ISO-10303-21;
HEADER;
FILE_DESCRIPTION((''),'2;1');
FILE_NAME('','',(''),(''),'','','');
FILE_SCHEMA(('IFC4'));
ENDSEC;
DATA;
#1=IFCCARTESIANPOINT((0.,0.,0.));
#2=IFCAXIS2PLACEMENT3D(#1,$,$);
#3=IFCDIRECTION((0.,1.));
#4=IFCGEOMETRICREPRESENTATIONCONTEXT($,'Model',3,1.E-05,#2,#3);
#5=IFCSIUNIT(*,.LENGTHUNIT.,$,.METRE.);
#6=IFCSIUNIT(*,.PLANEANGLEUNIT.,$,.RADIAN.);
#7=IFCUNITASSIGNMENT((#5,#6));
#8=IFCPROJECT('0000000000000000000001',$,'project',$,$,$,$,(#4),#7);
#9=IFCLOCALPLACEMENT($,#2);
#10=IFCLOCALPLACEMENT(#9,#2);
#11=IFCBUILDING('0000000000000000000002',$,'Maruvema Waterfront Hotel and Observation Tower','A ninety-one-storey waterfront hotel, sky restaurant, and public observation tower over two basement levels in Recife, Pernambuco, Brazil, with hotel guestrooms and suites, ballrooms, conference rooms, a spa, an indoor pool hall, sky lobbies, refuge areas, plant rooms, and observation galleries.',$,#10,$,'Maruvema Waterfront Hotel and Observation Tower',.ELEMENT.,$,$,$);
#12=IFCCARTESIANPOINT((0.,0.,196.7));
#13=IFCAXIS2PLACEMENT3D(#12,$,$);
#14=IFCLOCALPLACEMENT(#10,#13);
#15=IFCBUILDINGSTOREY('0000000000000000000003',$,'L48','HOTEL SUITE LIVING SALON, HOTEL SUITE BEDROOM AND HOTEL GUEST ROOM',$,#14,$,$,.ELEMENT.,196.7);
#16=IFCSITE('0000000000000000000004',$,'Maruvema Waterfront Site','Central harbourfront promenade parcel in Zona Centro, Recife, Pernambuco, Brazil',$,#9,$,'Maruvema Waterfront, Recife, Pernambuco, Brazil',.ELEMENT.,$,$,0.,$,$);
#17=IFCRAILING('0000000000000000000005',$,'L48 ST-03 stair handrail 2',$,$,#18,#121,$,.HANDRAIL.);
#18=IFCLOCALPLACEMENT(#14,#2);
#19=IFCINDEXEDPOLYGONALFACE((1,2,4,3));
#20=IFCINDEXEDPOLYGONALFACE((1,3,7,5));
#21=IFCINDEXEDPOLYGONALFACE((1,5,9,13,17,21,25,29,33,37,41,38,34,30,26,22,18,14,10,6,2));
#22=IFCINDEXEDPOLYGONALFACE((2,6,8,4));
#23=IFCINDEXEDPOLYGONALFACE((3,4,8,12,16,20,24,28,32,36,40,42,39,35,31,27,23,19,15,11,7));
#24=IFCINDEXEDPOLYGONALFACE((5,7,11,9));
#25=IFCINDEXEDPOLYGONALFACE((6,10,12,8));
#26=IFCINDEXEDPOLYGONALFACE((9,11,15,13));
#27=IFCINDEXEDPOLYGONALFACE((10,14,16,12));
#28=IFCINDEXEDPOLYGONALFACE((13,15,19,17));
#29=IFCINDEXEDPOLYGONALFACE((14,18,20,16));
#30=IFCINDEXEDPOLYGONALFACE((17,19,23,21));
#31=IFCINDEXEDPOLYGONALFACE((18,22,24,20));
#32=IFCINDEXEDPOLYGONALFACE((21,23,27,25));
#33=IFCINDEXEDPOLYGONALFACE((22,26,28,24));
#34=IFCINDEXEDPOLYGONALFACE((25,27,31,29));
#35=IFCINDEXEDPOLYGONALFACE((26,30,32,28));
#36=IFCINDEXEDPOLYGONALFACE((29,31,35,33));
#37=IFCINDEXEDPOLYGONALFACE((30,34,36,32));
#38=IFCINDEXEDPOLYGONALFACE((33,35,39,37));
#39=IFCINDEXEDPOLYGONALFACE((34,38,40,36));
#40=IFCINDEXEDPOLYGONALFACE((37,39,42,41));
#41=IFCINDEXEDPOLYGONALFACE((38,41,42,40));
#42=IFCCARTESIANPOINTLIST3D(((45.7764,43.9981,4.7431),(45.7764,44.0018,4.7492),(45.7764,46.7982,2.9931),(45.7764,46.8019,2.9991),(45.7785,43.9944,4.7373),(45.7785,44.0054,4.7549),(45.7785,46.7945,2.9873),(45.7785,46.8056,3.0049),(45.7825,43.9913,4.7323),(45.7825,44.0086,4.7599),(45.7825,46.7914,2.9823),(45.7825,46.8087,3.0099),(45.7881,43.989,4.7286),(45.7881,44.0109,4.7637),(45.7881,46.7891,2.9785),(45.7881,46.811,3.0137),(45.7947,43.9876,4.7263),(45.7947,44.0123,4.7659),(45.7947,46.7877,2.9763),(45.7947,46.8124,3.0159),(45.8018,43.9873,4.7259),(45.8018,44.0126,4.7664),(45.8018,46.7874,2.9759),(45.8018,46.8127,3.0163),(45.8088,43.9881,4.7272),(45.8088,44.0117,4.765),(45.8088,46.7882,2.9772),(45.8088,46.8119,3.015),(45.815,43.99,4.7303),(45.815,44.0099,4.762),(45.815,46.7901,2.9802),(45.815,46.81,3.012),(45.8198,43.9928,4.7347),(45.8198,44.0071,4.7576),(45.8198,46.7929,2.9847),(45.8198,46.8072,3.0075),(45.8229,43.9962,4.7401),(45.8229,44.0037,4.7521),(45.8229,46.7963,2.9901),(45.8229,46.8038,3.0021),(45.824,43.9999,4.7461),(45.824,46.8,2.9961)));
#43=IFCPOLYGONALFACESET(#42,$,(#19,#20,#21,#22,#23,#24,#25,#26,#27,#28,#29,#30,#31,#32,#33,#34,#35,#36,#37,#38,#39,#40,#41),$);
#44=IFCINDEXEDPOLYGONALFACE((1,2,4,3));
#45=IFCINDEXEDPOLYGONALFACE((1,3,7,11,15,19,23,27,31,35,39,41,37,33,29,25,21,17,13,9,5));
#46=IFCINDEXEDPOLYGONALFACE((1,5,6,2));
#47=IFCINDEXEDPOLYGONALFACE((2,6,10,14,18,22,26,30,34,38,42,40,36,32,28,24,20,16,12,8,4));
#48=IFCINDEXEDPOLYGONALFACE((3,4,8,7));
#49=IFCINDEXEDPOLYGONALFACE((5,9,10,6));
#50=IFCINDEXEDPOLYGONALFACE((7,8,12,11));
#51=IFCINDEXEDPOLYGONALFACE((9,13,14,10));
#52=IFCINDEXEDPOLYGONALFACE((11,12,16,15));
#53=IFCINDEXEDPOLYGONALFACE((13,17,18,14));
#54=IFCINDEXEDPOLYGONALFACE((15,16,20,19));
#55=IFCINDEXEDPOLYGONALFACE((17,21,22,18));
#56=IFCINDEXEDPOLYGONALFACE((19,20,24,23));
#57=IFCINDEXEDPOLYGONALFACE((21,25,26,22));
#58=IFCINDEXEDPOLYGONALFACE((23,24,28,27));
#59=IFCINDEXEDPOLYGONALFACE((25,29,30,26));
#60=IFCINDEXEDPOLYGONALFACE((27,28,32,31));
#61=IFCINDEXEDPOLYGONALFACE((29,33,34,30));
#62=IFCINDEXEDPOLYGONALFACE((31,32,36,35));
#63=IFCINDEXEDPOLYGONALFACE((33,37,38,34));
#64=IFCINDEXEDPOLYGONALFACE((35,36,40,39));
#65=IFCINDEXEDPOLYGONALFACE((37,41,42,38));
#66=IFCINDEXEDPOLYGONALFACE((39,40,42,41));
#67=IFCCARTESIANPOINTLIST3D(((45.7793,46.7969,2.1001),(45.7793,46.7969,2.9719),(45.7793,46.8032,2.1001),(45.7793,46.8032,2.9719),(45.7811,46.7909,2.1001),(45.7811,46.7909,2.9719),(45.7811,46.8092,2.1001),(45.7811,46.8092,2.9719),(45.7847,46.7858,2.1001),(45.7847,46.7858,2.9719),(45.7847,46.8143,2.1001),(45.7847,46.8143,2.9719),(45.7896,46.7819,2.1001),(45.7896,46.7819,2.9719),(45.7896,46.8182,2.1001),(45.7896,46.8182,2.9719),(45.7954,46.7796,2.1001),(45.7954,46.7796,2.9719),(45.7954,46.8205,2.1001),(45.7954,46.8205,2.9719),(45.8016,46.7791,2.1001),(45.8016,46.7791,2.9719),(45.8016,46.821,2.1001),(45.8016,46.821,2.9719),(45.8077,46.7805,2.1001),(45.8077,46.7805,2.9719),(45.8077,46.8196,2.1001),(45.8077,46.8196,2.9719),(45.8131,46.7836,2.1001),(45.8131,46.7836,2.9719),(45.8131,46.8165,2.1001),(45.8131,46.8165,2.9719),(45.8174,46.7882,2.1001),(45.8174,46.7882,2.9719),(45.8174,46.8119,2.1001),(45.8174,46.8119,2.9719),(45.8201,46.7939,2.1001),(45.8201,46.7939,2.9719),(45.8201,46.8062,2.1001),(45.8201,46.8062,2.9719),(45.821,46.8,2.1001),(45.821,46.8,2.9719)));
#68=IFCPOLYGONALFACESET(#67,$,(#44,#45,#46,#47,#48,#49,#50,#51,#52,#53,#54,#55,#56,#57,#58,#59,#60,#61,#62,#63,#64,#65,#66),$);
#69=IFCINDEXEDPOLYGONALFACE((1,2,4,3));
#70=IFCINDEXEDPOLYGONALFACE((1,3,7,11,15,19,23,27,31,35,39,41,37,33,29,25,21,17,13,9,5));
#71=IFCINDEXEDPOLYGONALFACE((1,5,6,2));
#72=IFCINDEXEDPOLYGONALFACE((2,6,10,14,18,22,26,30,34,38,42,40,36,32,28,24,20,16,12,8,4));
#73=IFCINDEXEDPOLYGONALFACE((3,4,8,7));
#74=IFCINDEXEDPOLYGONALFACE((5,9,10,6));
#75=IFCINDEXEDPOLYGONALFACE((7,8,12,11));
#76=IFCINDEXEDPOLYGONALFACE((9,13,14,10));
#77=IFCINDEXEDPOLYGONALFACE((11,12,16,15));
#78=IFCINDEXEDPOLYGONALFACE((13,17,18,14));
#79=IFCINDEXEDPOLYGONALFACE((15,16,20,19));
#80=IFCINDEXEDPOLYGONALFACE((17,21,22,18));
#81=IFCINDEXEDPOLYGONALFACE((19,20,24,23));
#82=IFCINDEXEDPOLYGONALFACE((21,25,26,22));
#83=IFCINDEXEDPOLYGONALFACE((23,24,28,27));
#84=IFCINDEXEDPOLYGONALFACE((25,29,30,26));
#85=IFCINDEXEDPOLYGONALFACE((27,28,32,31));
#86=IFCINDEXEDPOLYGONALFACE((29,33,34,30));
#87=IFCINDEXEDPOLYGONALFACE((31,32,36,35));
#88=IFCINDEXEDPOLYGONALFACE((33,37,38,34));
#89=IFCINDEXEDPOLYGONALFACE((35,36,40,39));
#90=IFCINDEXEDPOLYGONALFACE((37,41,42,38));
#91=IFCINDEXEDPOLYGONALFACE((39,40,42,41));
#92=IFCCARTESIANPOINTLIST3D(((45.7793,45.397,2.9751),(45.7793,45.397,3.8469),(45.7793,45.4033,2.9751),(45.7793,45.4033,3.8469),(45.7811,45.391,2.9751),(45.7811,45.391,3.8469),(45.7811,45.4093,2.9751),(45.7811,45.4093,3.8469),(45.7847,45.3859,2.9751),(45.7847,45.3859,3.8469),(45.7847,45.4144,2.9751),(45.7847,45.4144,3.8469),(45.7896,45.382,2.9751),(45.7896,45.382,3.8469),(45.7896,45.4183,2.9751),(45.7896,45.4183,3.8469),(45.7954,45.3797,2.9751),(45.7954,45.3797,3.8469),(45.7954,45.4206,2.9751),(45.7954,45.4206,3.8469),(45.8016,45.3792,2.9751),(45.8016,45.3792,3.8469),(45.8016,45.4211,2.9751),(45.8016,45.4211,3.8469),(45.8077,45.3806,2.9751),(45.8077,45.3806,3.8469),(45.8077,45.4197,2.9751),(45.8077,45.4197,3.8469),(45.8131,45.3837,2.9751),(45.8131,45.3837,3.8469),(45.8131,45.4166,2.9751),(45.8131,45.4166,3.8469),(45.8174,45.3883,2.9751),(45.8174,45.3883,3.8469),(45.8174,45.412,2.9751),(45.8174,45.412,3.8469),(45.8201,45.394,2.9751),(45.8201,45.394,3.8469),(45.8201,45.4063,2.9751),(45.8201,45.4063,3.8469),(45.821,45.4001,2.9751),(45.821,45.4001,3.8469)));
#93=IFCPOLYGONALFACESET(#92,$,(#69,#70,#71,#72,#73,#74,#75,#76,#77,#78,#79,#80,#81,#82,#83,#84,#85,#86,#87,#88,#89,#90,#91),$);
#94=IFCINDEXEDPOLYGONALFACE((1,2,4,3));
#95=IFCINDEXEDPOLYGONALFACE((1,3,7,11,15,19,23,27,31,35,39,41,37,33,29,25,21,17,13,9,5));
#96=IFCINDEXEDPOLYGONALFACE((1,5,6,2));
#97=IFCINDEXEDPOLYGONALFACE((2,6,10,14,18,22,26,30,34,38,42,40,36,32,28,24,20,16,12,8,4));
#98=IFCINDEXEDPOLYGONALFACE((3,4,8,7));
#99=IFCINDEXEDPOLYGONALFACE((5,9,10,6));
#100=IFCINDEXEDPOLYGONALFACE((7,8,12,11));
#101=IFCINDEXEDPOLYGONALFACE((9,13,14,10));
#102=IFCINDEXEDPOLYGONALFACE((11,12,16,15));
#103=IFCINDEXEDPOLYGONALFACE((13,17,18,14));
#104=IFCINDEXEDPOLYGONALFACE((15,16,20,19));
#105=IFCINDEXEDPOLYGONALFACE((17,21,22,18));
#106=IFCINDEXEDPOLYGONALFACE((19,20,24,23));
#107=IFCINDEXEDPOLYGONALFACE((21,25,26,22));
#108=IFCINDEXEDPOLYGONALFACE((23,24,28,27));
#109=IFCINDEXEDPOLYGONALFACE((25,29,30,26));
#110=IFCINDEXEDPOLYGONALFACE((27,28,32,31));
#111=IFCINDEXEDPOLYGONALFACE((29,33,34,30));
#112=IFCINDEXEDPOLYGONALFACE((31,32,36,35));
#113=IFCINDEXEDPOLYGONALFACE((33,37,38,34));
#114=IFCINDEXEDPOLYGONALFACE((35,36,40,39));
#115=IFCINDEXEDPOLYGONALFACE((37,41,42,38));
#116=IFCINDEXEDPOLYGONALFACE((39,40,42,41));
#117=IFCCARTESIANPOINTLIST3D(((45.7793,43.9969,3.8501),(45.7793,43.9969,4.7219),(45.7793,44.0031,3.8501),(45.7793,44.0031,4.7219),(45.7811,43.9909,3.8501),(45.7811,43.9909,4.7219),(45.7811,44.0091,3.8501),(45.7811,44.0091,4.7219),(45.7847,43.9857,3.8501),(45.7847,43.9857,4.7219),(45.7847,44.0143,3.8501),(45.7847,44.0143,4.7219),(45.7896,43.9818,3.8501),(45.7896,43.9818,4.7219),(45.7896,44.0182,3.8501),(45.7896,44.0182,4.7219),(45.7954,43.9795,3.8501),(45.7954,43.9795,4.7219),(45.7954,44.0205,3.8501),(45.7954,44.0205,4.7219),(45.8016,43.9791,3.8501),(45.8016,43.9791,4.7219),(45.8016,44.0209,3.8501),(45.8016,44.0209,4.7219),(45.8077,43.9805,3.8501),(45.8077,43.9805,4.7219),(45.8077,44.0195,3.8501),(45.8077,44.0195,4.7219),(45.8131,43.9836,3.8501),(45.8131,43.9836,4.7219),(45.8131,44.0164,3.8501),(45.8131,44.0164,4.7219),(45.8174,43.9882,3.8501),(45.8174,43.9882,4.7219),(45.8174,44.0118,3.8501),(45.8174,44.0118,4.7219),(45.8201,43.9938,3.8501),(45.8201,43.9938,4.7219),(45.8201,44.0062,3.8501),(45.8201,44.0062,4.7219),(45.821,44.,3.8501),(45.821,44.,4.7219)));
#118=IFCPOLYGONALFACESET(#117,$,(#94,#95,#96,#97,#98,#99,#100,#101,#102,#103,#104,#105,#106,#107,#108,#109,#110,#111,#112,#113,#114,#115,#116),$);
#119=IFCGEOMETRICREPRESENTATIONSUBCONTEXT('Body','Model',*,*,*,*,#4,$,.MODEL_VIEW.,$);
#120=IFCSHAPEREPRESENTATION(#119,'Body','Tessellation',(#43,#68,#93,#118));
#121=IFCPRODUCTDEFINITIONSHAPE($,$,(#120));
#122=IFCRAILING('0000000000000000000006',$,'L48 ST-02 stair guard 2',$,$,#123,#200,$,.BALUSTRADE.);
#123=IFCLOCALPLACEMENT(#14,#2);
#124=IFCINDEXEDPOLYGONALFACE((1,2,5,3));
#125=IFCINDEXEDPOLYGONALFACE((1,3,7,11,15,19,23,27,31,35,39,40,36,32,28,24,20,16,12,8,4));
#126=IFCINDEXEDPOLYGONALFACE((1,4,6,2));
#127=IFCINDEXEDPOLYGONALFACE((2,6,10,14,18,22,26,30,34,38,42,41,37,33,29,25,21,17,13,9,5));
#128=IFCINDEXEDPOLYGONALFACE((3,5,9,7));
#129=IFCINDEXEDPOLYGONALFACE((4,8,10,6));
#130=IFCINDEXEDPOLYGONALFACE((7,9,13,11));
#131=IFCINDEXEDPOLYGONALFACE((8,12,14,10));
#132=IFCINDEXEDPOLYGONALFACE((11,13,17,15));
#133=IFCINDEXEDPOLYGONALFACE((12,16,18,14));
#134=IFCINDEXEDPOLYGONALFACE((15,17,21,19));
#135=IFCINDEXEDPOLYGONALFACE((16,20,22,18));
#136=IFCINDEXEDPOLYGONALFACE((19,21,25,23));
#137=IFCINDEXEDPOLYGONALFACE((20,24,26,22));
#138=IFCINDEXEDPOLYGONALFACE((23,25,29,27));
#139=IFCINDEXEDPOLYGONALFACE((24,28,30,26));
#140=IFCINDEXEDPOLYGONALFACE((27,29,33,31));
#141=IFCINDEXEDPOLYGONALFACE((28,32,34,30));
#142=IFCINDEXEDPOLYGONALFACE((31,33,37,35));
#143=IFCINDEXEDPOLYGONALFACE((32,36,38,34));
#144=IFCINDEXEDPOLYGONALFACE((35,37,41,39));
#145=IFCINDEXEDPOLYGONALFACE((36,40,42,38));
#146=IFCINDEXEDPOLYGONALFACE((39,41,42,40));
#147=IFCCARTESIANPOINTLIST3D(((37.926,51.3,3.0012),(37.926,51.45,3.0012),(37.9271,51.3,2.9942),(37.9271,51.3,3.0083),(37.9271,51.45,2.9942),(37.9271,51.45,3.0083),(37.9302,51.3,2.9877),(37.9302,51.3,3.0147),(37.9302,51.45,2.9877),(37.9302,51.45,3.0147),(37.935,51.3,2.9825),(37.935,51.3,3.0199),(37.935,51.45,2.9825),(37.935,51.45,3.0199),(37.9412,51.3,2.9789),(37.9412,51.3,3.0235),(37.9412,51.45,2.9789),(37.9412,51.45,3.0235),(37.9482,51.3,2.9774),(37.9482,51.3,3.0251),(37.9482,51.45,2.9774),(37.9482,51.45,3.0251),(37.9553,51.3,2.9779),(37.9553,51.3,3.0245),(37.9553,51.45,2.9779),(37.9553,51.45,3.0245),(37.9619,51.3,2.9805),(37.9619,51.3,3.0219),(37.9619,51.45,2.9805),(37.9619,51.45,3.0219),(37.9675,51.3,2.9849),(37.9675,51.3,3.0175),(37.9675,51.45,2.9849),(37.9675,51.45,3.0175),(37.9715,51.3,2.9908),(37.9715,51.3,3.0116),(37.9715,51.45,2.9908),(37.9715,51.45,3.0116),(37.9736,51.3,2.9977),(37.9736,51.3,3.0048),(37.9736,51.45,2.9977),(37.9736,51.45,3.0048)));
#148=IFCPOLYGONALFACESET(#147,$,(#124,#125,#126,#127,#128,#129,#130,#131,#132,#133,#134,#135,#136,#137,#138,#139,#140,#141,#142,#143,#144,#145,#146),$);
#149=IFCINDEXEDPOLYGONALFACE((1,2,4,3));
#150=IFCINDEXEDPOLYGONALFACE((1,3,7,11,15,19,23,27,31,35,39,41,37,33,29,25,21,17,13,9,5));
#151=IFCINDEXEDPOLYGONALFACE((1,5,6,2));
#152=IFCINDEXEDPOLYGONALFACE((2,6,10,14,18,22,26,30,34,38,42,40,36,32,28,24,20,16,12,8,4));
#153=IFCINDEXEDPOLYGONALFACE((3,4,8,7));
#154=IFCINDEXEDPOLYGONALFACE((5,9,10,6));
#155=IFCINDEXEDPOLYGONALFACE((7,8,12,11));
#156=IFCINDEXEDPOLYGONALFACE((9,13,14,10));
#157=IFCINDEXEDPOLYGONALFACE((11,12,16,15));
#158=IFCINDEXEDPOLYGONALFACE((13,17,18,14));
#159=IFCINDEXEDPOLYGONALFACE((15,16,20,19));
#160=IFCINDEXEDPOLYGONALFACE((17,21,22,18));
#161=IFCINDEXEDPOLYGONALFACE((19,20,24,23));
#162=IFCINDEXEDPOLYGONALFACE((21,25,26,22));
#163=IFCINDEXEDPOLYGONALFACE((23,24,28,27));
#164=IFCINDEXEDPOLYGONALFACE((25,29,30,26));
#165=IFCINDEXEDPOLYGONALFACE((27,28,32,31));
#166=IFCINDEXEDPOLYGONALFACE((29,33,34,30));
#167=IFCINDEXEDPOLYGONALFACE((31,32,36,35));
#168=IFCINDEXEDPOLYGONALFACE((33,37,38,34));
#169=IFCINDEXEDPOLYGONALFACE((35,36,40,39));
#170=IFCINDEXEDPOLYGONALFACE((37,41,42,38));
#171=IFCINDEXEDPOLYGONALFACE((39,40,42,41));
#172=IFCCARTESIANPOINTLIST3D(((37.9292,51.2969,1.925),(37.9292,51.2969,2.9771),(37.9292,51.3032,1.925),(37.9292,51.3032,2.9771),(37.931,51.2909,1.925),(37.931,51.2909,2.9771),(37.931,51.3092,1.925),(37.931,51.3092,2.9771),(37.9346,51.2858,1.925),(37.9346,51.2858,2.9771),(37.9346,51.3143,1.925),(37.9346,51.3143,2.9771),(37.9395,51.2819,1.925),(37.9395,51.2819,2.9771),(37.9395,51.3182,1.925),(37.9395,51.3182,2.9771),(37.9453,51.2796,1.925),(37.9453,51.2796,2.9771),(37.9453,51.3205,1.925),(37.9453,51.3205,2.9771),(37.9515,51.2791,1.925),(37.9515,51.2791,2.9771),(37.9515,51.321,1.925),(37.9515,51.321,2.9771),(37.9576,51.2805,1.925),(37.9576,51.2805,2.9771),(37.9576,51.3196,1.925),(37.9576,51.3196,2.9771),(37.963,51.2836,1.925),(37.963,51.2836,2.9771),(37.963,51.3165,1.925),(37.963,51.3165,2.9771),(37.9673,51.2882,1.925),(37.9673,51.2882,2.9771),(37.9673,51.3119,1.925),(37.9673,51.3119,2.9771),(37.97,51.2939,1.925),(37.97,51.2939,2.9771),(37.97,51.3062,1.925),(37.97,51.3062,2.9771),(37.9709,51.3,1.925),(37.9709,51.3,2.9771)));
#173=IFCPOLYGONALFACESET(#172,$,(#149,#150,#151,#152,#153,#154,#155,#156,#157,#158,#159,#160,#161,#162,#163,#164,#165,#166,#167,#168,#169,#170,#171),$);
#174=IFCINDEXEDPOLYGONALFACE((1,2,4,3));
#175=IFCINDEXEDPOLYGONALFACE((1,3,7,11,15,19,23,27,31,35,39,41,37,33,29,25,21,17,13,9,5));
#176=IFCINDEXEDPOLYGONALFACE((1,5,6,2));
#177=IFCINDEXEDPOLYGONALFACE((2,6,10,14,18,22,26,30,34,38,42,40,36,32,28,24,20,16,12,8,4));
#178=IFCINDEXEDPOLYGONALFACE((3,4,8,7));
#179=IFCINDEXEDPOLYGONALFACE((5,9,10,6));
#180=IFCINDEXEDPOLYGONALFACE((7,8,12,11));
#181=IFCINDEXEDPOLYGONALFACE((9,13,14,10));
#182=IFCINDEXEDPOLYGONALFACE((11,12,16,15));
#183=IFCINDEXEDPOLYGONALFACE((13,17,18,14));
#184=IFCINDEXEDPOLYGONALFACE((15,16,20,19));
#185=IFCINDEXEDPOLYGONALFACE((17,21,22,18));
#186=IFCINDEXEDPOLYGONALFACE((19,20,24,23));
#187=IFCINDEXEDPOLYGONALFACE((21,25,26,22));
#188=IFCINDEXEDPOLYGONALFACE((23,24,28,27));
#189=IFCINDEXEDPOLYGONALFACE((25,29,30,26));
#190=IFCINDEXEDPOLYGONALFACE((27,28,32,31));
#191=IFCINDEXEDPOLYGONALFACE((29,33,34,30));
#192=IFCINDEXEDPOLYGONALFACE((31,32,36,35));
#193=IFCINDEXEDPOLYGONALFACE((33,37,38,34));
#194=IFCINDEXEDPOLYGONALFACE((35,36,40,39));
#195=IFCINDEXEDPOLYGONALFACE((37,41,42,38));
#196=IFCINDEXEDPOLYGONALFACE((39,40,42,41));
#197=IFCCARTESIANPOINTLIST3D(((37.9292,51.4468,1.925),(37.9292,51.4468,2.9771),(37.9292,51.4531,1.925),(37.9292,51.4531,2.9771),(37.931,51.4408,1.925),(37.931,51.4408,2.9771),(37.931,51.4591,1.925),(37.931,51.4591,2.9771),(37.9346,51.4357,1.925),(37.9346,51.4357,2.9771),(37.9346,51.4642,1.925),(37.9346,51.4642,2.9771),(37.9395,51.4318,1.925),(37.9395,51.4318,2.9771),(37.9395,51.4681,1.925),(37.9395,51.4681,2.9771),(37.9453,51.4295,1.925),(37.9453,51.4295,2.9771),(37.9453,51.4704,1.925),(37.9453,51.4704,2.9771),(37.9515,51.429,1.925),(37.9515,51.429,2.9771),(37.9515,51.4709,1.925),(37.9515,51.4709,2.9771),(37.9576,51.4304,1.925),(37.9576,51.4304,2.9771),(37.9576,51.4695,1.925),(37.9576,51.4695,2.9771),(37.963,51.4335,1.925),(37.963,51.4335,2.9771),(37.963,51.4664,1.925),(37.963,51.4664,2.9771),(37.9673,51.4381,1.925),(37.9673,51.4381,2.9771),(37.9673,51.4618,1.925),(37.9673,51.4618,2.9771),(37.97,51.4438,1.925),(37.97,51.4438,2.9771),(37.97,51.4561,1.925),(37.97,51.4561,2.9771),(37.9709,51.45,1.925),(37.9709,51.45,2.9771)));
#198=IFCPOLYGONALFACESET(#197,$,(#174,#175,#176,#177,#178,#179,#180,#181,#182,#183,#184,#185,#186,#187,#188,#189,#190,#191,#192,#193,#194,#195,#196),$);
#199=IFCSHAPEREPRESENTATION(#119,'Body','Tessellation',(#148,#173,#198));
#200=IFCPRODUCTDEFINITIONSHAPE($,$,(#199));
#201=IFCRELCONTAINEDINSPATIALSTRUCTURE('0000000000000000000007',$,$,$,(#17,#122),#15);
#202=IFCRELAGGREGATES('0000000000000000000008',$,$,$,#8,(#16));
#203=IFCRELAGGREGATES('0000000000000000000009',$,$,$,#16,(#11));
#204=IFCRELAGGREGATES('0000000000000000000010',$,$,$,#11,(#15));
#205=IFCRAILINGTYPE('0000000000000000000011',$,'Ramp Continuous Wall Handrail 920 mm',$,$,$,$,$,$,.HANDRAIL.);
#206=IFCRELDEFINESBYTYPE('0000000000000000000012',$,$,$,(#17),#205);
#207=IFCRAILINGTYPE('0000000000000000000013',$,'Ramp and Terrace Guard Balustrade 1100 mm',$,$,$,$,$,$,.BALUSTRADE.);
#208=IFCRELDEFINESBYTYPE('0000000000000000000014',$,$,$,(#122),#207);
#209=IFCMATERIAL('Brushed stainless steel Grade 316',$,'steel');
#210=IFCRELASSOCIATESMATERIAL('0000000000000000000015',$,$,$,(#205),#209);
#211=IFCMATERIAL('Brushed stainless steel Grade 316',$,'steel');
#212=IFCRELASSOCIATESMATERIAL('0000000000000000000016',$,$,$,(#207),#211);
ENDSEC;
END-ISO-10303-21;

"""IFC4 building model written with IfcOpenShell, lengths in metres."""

from ifc_helpers import new_model, si_unit, direction, frame, origin, origin_2d, place, context, subcontext, project, spatial, circle, extrude, material, type_object, element, save


model = new_model("IFC4")

# Units and contexts
model_context = context("Model", 3, precision=1e-05, world=origin(), true_north=direction((0.0, 1.0)))
body_context = subcontext(model_context, "Body", "Model", "MODEL_VIEW")
ifc_project = project(units=[si_unit("LENGTHUNIT", "METRE"), si_unit("PLANEANGLEUNIT", "RADIAN")], contexts=[model_context])

# Site, building, storey
site_placement = place(None, origin())
site = spatial("IfcSite", under=ifc_project, at=site_placement, Name="Maruvema Waterfront Site", Description="Central harbourfront promenade parcel in Zona Centro, Recife, Pernambuco, Brazil", LongName="Maruvema Waterfront, Recife, Pernambuco, Brazil", CompositionType="ELEMENT", RefElevation=0.0)
building_placement = place(site_placement, origin())
building = spatial("IfcBuilding", under=site, at=building_placement, Name="Maruvema Waterfront Hotel and Observation Tower", Description="A ninety-one-storey waterfront hotel, sky restaurant, and public observation tower over two basement levels in Recife, Pernambuco, Brazil, with hotel guestrooms and suites, ballrooms, conference rooms, a spa, an indoor pool hall, sky lobbies, refuge areas, plant rooms, and observation galleries.", LongName="Maruvema Waterfront Hotel and Observation Tower", CompositionType="ELEMENT")
storey_placement = place(building_placement, frame((0.0, 0.0, 196.7)))
storey = spatial("IfcBuildingStorey", under=building, at=storey_placement, Name="L48", Description="HOTEL SUITE LIVING SALON, HOTEL SUITE BEDROOM AND HOTEL GUEST ROOM", CompositionType="ELEMENT", Elevation=196.7)

# Railings
ifc_material_1 = material(Name="Brushed stainless steel Grade 316", Category="steel")
railing_type_1 = type_object("IfcRailingType", Name="Ramp Continuous Wall Handrail 920 mm", PredefinedType="HANDRAIL", material=ifc_material_1)
railing_1_placement = place(storey_placement, frame((45.8, 46.8, 2.1001)))
element("IfcRailing", 1, at=railing_1_placement, inside=storey, type_object=railing_type_1, Name="L48 ST-03 stair handrail 2", PredefinedType="HANDRAIL", context=body_context, shape_type="SweptSolid", body=[
    extrude(circle(Radius=0.0239, at=origin_2d()), frame((0.0, 0.0, 0.896), z_axis=(0.0, -0.848002, 0.529992), x_axis=(1.0, 0.0, 0.0)), (0.0, 0.0, 1.0), 3.302),
    extrude(circle(Radius=0.021, at=origin_2d()), origin(), (0.0, 0.0, 1.0), 0.8718),
    extrude(circle(Radius=0.021, at=origin_2d()), frame((0.0, -1.3999, 0.875)), (0.0, 0.0, 1.0), 0.8718),
    extrude(circle(Radius=0.021, at=origin_2d()), frame((0.0, -2.8, 1.75)), (0.0, 0.0, 1.0), 0.8718),
])
ifc_material_2 = material(Name="Brushed stainless steel Grade 316", Category="steel")
railing_type_2 = type_object("IfcRailingType", Name="Ramp and Terrace Guard Balustrade 1100 mm", PredefinedType="BALUSTRADE", material=ifc_material_2)
railing_2_placement = place(storey_placement, frame((37.95, 51.3, 1.925)))
element("IfcRailing", 2, at=railing_2_placement, inside=storey, type_object=railing_type_2, Name="L48 ST-02 stair guard 2", PredefinedType="BALUSTRADE", context=body_context, shape_type="SweptSolid", body=[
    extrude(circle(Radius=0.0239, at=origin_2d()), frame((0.0, 0.0, 1.0762), z_axis=(0.0, 1.0, 0.0), x_axis=(-1.0, 0.0, 0.0)), (0.0, 0.0, 1.0), 0.1499),
    extrude(circle(Radius=0.021, at=origin_2d()), origin(), (0.0, 0.0, 1.0), 1.052),
    extrude(circle(Radius=0.021, at=origin_2d()), frame((0.0, 0.1499, 0.0)), (0.0, 0.0, 1.0), 1.052),
])

save(model, "model.ifc")
